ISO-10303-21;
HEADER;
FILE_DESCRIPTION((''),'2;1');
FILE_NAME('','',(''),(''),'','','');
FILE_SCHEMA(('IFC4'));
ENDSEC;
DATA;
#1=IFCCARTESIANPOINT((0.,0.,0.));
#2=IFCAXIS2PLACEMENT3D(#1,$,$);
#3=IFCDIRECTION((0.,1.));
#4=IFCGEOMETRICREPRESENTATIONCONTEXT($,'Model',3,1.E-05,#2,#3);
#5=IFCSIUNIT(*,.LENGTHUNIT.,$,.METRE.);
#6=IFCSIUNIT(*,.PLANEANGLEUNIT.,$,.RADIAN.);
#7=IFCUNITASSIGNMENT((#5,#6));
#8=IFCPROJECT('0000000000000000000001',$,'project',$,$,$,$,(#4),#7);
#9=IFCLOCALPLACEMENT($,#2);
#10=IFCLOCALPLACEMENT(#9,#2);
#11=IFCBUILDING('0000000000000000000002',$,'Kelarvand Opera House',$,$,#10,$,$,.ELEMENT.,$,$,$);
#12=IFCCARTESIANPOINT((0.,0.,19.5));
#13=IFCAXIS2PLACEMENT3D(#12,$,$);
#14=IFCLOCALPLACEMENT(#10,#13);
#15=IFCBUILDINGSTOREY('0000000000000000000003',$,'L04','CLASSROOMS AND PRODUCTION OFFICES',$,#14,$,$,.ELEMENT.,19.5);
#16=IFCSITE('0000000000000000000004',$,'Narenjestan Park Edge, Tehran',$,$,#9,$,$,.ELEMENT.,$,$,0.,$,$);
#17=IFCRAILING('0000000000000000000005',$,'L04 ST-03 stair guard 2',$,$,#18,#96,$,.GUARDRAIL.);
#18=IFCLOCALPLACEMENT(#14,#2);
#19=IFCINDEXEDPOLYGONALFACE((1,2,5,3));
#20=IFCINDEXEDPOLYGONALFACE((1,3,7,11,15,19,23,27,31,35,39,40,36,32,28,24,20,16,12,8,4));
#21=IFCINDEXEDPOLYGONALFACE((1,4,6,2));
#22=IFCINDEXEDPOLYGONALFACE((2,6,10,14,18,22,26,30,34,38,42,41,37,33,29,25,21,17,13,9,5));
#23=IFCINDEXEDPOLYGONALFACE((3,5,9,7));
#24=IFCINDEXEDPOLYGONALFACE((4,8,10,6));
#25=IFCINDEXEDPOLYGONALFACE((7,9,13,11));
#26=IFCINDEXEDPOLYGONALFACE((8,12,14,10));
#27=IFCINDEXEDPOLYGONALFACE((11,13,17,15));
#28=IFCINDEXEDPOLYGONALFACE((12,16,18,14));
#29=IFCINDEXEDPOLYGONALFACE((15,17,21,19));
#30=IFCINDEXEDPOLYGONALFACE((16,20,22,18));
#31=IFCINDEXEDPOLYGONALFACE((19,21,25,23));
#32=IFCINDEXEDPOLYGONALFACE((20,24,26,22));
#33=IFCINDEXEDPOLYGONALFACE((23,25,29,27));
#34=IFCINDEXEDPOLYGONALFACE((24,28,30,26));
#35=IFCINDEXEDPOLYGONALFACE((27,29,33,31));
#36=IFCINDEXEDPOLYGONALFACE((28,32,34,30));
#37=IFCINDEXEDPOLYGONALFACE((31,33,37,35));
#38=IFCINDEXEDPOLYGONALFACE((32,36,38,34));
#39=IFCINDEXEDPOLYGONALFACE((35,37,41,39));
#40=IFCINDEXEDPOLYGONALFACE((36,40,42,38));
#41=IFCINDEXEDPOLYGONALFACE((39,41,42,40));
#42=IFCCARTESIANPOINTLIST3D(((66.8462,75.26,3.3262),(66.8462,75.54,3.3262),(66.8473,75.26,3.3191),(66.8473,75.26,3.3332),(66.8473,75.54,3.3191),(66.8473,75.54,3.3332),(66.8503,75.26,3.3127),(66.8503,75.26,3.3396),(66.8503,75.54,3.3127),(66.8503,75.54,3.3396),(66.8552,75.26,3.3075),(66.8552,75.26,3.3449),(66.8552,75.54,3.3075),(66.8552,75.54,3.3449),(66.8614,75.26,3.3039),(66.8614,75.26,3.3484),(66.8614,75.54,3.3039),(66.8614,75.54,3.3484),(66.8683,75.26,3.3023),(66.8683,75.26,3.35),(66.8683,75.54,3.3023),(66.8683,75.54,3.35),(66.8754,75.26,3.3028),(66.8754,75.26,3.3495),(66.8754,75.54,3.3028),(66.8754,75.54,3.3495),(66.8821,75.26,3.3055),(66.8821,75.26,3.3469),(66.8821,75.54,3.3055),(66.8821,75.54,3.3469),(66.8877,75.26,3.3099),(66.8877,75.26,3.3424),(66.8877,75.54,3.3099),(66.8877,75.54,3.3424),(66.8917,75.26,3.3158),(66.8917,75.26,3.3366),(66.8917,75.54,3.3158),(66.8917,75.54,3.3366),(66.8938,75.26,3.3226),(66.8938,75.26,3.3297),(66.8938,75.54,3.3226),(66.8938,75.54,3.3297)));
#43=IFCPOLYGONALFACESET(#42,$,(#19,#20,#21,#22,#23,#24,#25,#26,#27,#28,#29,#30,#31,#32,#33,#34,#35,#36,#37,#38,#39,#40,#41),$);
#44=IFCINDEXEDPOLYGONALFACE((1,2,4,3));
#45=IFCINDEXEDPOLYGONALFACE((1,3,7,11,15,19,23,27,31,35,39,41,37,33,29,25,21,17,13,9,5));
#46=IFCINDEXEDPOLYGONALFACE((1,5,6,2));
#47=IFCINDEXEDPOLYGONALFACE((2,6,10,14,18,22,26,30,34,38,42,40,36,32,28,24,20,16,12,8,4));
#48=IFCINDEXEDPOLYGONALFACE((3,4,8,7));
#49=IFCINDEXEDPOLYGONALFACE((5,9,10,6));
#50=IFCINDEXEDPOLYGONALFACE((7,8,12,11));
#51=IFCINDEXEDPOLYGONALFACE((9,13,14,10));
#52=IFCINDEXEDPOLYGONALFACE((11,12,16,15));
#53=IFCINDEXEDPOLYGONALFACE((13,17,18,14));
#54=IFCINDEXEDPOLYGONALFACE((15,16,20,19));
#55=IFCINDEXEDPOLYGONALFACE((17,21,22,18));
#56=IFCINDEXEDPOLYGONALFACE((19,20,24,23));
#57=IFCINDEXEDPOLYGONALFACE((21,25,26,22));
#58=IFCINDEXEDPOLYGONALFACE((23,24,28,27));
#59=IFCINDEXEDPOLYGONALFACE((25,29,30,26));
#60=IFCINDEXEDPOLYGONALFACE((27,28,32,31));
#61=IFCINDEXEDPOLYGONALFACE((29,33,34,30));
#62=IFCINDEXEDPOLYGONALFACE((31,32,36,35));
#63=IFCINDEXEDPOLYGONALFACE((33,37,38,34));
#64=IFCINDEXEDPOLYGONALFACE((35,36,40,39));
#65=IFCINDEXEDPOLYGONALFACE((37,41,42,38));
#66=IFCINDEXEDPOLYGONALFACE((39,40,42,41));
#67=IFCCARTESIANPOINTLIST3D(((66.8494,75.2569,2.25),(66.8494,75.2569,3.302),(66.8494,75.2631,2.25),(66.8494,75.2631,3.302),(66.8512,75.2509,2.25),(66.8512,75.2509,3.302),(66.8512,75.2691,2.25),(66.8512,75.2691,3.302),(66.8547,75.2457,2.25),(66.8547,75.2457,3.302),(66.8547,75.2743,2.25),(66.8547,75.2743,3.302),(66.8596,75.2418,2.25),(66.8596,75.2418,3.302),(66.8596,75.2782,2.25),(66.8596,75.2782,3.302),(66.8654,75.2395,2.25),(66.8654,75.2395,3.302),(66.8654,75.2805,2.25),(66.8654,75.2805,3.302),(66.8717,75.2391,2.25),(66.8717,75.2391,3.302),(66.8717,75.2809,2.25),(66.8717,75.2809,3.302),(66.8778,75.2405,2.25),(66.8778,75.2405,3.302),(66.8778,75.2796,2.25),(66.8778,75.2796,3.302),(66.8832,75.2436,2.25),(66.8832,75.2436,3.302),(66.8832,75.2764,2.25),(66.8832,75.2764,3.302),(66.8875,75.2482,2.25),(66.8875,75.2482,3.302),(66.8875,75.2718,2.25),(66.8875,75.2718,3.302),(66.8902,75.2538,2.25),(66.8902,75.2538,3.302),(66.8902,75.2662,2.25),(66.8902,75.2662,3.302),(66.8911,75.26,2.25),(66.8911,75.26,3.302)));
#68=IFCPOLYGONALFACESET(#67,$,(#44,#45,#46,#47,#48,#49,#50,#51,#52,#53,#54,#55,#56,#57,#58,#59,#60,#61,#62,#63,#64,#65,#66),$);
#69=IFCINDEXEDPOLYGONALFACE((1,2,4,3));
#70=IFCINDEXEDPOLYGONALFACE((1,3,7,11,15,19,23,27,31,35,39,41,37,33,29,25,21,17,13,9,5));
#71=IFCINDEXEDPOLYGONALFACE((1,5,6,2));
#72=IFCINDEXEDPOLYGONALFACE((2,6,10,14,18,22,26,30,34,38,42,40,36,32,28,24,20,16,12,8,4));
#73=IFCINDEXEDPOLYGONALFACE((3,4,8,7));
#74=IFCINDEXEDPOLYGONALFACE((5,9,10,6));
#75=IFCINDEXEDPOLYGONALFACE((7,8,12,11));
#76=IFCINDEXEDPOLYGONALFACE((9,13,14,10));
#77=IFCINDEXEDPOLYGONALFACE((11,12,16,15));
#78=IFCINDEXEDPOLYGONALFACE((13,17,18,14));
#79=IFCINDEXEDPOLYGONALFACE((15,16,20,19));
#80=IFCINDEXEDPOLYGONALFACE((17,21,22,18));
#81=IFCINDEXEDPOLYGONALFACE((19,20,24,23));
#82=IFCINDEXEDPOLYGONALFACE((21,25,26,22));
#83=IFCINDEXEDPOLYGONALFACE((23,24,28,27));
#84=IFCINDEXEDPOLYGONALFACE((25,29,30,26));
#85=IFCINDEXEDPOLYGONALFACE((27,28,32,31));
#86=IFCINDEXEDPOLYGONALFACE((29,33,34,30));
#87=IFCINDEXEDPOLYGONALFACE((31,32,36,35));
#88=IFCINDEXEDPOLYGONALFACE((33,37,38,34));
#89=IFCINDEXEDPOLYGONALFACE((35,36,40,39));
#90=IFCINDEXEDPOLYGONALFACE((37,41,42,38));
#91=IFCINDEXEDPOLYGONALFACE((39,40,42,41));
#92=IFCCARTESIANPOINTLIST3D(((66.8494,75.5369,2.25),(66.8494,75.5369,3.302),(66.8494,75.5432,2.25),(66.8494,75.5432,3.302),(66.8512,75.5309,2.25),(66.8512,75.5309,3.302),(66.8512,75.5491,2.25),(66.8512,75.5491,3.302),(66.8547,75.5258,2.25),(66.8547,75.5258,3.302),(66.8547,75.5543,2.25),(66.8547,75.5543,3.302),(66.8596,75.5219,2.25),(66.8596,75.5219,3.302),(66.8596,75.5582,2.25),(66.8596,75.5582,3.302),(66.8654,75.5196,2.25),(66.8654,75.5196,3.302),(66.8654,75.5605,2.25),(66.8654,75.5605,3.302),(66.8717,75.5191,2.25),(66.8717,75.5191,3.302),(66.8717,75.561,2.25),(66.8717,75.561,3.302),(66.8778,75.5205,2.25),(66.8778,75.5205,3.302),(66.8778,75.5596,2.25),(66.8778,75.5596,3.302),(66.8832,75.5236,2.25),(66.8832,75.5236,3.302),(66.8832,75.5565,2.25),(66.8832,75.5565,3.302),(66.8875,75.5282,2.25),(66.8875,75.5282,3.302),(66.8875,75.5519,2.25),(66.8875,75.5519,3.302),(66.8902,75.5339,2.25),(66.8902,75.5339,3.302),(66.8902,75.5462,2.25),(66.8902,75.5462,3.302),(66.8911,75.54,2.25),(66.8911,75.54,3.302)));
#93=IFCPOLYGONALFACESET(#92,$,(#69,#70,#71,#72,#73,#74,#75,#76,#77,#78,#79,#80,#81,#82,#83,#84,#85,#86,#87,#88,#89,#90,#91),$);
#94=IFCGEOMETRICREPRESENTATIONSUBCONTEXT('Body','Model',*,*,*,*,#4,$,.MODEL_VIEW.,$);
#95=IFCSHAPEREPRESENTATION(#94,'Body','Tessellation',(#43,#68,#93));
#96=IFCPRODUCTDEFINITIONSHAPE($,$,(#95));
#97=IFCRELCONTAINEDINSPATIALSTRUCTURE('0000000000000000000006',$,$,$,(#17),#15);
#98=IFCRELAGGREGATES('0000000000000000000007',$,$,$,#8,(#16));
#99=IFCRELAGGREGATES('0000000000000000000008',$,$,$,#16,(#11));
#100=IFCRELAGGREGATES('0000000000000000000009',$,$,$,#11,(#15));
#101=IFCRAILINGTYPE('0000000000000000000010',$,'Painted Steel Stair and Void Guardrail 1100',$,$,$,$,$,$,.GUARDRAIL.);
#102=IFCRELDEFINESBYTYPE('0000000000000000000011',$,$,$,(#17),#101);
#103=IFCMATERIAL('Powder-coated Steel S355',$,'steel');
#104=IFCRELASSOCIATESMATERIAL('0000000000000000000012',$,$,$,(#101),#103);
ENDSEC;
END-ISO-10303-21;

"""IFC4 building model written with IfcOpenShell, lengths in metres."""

from ifc_helpers import new_model, si_unit, direction, frame, origin, origin_2d, place, context, subcontext, project, spatial, circle, extrude, material, type_object, element, save


model = new_model("IFC4")

# Units and contexts
model_context = context("Model", 3, precision=1e-05, world=origin(), true_north=direction((0.0, 1.0)))
body_context = subcontext(model_context, "Body", "Model", "MODEL_VIEW")
ifc_project = project(units=[si_unit("LENGTHUNIT", "METRE"), si_unit("PLANEANGLEUNIT", "RADIAN")], contexts=[model_context])

# Site, building, storey
site_placement = place(None, origin())
site = spatial("IfcSite", under=ifc_project, at=site_placement, Name="Narenjestan Park Edge, Tehran", CompositionType="ELEMENT", RefElevation=0.0)
building_placement = place(site_placement, origin())
building = spatial("IfcBuilding", under=site, at=building_placement, Name="Kelarvand Opera House", CompositionType="ELEMENT")
storey_placement = place(building_placement, frame((0.0, 0.0, 19.5)))
storey = spatial("IfcBuildingStorey", under=building, at=storey_placement, Name="L04", Description="CLASSROOMS AND PRODUCTION OFFICES", CompositionType="ELEMENT", Elevation=19.5)

# Railing
ifc_material_1 = material(Name="Powder-coated Steel S355", Category="steel")
railing_type_1 = type_object("IfcRailingType", Name="Painted Steel Stair and Void Guardrail 1100", PredefinedType="GUARDRAIL", material=ifc_material_1)
railing_1_placement = place(storey_placement, frame((66.8701, 75.26, 2.25)))
element("IfcRailing", 1, at=railing_1_placement, inside=storey, type_object=railing_type_1, Name="L04 ST-03 stair guard 2", PredefinedType="GUARDRAIL", context=body_context, shape_type="SweptSolid", body=[
    extrude(circle(Radius=0.0239, at=origin_2d()), frame((0.0, 0.0, 1.0762), z_axis=(0.0, 1.0, 0.0), x_axis=(-1.0, 0.0, 0.0)), (0.0, 0.0, 1.0), 0.28),
    extrude(circle(Radius=0.021, at=origin_2d()), origin(), (0.0, 0.0, 1.0), 1.052),
    extrude(circle(Radius=0.021, at=origin_2d()), frame((0.0, 0.28, 0.0)), (0.0, 0.0, 1.0), 1.052),
])

save(model, "model.ifc")
